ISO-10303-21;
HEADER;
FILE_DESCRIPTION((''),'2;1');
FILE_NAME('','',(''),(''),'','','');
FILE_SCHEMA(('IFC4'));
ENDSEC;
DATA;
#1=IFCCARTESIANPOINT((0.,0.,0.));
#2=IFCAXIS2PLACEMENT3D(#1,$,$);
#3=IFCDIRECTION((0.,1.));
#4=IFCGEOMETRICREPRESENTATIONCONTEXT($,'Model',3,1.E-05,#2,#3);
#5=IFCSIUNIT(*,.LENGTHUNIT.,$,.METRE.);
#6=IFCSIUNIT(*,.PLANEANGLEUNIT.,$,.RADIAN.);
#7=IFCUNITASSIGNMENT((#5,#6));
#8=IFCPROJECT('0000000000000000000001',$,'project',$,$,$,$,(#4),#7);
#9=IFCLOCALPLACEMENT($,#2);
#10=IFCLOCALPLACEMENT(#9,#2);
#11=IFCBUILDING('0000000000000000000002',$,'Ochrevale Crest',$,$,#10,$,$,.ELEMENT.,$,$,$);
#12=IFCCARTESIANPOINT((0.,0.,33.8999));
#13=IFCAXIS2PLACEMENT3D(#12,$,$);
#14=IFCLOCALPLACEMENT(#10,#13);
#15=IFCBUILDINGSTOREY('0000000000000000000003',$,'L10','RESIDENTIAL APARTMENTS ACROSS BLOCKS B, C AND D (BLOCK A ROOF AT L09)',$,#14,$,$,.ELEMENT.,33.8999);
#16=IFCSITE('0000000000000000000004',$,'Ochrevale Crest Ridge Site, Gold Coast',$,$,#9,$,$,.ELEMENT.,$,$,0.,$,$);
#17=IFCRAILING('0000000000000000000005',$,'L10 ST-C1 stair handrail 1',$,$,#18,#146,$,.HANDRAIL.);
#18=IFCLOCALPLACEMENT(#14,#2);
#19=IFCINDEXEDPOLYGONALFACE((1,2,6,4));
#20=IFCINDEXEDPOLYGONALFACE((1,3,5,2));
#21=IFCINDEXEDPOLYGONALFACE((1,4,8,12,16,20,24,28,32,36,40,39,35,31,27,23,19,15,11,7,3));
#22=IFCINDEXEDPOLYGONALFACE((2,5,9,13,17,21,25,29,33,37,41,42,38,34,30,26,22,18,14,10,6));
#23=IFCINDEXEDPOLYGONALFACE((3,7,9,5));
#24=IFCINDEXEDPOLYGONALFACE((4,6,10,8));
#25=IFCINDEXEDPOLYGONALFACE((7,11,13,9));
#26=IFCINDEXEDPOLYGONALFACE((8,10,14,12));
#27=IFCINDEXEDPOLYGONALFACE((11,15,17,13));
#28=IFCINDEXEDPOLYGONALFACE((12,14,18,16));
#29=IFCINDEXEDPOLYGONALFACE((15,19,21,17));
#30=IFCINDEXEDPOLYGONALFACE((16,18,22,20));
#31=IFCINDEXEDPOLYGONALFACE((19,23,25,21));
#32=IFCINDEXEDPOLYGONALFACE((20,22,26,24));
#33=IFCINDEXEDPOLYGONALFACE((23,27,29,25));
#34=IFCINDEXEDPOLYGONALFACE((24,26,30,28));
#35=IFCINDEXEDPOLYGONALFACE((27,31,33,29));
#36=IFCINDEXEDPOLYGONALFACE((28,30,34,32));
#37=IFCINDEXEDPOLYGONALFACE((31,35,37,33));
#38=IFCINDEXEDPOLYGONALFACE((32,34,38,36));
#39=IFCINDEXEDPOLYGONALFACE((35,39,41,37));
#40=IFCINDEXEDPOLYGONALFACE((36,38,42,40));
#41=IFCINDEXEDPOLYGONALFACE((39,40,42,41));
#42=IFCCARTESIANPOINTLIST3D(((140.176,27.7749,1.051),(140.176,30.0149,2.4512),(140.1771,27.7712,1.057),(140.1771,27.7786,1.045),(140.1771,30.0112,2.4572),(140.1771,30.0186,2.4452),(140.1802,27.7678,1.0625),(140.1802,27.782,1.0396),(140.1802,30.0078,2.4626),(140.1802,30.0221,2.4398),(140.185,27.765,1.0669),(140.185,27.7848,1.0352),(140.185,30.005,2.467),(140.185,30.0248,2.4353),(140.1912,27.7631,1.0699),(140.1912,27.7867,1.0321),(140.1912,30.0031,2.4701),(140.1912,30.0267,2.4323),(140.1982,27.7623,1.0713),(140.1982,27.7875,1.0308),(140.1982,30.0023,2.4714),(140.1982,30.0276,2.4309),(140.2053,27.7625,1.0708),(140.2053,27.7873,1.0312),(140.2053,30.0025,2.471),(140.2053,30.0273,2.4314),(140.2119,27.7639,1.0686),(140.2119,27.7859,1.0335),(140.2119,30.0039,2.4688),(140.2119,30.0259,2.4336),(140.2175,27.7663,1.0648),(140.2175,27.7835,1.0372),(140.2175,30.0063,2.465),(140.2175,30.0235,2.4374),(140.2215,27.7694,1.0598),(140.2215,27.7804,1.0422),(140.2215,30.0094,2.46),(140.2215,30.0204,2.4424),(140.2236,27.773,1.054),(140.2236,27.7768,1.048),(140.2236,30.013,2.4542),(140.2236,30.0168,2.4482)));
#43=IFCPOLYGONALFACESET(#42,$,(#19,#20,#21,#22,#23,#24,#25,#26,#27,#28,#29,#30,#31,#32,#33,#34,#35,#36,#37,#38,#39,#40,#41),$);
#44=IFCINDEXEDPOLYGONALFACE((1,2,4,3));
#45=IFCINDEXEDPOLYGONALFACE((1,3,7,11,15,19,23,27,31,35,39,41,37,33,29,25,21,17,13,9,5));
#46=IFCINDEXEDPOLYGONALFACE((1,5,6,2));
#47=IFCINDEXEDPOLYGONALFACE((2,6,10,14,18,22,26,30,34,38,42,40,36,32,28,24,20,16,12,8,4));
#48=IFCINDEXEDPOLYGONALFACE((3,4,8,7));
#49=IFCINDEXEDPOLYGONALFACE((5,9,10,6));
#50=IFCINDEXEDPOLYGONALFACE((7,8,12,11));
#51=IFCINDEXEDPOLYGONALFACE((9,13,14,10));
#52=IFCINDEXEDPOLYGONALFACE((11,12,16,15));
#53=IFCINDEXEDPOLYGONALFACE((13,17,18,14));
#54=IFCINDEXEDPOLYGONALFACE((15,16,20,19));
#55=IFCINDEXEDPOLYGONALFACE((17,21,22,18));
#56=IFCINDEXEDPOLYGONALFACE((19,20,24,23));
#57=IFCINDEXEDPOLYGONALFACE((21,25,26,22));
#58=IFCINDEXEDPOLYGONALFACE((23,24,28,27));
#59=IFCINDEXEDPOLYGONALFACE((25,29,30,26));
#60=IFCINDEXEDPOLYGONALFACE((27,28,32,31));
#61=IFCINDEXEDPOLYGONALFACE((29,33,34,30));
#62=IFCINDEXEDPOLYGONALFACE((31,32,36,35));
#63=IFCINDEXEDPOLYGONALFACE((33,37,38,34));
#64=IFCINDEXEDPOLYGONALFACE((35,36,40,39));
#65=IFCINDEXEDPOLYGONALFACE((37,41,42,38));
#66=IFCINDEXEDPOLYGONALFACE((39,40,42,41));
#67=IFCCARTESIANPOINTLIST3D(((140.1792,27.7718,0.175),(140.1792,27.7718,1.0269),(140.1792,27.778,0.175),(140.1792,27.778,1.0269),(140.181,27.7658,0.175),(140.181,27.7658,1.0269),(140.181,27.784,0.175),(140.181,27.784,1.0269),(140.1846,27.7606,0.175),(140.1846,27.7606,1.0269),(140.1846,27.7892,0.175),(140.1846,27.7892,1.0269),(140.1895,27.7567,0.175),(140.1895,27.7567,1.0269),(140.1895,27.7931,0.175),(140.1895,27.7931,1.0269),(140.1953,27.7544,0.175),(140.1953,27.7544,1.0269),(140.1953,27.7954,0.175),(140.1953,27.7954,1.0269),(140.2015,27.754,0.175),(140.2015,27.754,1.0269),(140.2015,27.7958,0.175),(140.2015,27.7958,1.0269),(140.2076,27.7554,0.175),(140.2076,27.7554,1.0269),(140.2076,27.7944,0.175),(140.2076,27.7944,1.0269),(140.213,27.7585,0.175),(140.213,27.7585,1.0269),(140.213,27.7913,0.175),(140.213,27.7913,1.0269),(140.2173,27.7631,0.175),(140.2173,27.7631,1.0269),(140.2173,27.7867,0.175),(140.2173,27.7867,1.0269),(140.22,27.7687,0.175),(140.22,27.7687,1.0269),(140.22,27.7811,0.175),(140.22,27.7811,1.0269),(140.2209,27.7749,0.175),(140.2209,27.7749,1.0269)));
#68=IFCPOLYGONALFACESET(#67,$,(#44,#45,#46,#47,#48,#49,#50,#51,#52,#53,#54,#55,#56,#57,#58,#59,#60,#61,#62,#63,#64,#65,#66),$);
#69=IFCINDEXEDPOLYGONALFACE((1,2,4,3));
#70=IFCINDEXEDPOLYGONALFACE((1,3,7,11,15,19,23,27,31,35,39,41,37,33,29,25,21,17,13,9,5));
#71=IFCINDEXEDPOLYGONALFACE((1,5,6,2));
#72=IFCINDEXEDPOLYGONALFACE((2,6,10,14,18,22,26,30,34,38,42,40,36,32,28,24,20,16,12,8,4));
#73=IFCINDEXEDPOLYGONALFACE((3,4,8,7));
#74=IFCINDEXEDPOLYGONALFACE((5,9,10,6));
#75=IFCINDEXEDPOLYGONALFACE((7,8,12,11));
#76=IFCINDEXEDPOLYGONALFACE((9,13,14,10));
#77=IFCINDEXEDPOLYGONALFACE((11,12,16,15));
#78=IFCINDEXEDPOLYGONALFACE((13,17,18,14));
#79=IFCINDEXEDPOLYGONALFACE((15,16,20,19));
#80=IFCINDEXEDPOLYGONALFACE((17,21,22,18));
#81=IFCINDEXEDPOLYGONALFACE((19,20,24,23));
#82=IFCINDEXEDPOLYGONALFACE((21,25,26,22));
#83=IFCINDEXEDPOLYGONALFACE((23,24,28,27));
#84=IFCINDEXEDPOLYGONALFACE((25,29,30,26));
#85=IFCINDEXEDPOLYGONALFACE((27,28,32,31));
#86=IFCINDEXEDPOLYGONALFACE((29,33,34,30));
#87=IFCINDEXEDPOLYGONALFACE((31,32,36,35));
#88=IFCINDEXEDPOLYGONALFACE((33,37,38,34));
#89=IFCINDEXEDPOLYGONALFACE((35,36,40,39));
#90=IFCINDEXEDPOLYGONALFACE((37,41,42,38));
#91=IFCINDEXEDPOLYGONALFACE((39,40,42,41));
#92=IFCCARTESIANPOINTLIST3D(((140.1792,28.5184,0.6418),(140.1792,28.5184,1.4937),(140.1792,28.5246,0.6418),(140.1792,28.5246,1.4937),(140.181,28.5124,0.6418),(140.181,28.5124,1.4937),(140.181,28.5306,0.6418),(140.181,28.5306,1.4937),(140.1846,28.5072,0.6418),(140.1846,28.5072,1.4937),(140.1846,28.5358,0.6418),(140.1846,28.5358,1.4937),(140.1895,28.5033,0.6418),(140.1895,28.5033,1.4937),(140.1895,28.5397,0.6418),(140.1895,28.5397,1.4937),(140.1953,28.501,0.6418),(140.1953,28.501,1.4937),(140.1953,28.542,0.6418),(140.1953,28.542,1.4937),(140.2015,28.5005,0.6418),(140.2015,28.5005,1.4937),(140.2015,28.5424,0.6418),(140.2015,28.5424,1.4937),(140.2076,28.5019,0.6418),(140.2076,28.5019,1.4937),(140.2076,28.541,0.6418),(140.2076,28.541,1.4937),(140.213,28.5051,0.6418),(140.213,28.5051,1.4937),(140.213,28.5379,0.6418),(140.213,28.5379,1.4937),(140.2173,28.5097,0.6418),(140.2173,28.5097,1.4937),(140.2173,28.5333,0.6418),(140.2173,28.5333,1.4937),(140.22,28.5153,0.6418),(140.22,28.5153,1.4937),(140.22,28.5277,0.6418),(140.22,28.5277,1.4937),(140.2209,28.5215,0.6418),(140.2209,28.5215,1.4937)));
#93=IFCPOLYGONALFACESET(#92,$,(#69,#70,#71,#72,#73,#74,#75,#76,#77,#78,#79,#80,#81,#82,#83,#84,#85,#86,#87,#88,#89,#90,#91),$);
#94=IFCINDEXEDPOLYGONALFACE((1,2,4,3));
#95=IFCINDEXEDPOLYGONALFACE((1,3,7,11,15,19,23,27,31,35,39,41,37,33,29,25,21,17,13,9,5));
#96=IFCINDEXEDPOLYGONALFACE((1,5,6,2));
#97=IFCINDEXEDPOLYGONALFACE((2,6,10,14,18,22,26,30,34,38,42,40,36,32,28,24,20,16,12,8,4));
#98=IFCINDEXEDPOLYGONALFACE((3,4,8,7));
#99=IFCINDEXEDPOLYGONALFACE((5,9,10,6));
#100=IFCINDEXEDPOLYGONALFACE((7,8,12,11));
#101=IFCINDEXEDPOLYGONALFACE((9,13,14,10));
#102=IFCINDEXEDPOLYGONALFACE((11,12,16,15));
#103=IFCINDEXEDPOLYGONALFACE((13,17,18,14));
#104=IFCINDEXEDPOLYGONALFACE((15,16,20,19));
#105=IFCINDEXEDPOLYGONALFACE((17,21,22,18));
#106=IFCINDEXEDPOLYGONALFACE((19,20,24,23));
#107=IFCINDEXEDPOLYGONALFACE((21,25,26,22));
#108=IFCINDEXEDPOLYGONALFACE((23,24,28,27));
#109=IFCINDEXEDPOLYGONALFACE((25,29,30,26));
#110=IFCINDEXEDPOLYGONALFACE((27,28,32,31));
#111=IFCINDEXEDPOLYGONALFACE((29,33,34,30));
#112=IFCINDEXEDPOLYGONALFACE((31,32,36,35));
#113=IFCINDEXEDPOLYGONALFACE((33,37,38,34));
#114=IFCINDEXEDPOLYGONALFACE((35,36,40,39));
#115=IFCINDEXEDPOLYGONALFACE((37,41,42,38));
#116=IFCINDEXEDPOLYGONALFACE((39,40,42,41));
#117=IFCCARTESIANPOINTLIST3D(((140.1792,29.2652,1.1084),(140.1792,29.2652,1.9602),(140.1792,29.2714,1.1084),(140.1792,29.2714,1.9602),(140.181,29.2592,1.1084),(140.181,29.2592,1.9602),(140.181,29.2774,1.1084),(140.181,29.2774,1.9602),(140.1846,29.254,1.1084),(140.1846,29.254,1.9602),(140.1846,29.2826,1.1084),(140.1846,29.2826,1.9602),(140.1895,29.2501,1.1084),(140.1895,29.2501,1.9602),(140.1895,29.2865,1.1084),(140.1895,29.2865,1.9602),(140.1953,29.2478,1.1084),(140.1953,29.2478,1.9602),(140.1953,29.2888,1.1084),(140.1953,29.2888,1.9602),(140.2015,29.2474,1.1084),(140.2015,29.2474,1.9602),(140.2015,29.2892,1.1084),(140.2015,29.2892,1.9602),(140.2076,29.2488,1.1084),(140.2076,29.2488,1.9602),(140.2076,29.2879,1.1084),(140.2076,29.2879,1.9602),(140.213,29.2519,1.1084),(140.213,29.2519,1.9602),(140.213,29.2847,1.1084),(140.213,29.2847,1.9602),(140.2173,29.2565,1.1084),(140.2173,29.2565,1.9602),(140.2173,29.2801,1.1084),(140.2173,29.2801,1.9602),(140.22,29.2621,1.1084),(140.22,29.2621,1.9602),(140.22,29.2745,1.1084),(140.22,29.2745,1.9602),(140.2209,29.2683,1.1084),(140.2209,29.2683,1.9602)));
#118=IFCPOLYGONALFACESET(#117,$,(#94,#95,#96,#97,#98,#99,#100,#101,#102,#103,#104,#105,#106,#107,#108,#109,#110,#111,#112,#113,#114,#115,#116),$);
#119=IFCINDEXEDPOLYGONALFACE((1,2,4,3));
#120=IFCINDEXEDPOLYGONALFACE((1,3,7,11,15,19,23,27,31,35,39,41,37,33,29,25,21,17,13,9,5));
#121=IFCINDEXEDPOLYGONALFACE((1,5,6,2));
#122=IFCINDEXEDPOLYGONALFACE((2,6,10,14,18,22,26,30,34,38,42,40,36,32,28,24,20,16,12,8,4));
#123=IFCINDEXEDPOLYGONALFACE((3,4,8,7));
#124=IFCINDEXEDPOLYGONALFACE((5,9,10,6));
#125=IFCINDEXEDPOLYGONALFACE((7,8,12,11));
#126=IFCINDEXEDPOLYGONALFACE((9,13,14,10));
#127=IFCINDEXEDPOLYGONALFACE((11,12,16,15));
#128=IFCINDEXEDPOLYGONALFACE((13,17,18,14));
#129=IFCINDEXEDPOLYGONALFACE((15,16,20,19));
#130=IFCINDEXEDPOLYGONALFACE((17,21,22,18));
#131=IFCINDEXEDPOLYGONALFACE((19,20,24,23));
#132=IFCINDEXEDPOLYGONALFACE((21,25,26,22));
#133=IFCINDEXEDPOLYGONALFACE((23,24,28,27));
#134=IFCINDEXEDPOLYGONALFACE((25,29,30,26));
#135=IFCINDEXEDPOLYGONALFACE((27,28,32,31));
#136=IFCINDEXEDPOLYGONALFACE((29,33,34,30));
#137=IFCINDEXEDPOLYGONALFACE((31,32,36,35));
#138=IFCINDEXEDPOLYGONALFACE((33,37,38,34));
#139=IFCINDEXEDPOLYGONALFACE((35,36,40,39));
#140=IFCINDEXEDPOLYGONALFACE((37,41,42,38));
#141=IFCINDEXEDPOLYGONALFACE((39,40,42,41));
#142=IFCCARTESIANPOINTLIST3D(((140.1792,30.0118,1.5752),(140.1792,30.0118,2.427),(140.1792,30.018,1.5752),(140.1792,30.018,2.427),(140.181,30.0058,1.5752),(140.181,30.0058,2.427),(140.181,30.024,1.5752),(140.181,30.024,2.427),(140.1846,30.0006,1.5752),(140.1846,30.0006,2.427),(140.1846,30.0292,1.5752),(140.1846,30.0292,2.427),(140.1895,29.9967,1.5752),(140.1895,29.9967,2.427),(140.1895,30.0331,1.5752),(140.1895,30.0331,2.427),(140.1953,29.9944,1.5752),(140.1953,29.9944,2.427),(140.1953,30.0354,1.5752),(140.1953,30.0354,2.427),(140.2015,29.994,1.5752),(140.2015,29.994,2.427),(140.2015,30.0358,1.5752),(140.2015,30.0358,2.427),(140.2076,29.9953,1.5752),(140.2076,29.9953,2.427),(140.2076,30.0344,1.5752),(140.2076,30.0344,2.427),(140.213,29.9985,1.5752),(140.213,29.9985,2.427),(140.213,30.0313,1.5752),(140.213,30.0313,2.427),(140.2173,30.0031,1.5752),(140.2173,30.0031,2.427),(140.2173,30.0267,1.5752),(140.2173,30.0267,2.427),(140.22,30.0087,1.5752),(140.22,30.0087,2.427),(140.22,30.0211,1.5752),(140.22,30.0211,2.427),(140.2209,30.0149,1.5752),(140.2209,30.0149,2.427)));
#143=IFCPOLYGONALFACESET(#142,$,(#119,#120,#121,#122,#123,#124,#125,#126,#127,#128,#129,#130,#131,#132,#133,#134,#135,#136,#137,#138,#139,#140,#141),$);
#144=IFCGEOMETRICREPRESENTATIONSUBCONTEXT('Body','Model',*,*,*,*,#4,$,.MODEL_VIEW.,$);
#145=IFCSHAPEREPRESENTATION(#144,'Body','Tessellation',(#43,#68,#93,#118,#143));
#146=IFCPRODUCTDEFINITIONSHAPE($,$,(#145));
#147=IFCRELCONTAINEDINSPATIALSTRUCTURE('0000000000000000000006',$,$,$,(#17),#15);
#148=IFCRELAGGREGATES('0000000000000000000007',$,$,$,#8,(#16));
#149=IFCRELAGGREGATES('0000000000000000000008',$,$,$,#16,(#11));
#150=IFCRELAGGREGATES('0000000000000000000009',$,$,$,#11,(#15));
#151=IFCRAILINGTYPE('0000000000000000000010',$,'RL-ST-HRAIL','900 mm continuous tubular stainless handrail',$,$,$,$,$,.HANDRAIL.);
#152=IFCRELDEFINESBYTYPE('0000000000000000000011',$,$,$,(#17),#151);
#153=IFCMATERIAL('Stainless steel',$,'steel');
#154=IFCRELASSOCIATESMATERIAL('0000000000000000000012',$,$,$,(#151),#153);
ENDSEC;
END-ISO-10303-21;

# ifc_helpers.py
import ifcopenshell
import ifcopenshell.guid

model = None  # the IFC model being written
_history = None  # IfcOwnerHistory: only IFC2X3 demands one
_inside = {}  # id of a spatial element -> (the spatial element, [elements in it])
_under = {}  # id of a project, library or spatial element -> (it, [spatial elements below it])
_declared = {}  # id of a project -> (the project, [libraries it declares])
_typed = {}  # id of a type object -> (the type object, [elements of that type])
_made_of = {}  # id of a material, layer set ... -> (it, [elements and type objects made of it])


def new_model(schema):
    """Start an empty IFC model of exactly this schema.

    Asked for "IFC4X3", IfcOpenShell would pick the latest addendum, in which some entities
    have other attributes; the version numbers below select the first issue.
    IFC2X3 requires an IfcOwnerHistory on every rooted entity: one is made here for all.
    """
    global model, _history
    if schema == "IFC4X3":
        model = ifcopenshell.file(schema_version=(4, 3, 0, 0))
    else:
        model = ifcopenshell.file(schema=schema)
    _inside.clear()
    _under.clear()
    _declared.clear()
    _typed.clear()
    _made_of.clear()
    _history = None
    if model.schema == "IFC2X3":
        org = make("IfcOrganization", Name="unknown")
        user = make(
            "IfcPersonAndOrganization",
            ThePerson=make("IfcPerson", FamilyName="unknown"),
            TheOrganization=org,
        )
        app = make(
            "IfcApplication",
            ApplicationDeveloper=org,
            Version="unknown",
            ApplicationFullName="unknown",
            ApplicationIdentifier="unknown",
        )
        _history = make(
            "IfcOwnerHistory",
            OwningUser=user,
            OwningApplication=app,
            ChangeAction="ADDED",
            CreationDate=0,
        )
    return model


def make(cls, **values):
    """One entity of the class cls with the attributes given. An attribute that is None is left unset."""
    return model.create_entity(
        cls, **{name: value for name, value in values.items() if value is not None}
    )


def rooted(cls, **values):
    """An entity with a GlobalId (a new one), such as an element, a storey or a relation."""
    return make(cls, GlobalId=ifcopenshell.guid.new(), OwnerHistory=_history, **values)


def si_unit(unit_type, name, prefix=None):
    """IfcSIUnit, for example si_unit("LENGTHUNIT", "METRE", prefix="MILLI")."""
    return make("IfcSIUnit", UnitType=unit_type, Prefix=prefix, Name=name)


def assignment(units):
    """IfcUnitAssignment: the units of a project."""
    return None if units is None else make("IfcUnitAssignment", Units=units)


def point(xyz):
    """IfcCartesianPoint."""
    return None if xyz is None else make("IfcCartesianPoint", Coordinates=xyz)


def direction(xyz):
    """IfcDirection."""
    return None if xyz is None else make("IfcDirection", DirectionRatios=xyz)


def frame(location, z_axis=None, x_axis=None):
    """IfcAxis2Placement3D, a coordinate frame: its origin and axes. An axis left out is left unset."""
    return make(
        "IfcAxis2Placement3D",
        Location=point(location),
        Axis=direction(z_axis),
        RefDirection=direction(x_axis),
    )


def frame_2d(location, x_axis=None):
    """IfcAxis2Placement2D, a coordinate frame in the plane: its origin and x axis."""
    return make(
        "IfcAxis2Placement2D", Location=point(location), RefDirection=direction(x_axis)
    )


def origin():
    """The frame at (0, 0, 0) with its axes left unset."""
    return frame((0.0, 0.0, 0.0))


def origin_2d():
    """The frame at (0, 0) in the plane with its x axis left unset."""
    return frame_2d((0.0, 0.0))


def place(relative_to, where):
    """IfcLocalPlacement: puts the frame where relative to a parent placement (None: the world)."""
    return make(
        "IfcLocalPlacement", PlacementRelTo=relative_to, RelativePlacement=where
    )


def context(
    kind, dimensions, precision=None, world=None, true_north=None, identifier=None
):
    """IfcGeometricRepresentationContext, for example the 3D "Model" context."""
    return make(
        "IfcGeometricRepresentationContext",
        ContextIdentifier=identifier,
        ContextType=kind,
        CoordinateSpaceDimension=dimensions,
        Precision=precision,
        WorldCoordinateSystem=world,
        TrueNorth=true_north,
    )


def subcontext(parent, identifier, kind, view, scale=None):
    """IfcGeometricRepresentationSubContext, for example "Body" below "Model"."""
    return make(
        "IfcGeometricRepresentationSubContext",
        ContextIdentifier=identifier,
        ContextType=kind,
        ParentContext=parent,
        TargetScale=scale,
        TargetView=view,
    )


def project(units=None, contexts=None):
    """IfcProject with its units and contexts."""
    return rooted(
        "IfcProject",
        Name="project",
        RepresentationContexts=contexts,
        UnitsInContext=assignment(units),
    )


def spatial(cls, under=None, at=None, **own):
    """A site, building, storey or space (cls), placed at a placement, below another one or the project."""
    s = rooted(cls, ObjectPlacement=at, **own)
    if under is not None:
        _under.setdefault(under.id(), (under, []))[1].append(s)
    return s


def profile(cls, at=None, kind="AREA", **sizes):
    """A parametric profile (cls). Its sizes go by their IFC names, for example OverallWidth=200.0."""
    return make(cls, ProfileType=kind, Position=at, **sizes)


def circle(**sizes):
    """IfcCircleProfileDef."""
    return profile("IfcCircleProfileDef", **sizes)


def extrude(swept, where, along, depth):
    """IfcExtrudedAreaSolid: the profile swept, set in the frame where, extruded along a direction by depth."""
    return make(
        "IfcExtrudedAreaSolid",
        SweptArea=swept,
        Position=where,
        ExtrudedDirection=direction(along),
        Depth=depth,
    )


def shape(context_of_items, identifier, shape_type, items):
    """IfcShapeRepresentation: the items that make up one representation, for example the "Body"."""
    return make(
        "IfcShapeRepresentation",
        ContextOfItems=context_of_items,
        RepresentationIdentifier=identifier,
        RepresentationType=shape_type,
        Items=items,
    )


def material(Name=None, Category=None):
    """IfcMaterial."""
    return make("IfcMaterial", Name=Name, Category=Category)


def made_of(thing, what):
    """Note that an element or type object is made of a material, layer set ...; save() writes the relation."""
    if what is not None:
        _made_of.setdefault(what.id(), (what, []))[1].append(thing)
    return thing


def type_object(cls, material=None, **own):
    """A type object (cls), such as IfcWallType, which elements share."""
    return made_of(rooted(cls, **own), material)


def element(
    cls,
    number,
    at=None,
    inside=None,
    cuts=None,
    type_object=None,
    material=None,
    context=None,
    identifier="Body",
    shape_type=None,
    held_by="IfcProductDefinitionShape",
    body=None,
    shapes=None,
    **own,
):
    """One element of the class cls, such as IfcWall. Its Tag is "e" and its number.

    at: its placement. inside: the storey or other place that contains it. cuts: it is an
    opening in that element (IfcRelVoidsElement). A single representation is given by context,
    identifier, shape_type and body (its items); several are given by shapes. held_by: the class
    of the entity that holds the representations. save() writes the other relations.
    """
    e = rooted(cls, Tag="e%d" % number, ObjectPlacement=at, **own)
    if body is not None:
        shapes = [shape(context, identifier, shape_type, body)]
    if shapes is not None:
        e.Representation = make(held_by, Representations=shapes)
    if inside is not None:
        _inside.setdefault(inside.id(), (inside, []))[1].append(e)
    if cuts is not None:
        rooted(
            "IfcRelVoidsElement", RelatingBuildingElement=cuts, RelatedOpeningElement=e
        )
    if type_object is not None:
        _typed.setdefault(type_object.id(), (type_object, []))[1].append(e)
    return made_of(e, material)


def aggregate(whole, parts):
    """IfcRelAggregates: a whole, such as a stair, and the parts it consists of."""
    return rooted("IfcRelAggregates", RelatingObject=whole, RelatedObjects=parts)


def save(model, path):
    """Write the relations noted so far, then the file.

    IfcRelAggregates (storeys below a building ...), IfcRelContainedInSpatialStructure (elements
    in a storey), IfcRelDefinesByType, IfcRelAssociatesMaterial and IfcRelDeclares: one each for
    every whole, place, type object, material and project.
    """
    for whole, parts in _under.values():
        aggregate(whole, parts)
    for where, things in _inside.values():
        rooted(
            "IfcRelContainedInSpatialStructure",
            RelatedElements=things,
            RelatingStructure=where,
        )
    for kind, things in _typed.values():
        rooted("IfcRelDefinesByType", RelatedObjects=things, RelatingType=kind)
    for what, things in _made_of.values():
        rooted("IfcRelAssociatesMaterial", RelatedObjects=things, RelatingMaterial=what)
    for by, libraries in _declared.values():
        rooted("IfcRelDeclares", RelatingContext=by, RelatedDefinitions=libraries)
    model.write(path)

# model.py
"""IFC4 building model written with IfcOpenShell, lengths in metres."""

from ifc_helpers import new_model, si_unit, direction, frame, origin, origin_2d, place, context, subcontext, project, spatial, circle, extrude, material, type_object, element, save


model = new_model("IFC4")

# Units and contexts
model_context = context("Model", 3, precision=1e-05, world=origin(), true_north=direction((0.0, 1.0)))
body_context = subcontext(model_context, "Body", "Model", "MODEL_VIEW")
ifc_project = project(units=[si_unit("LENGTHUNIT", "METRE"), si_unit("PLANEANGLEUNIT", "RADIAN")], contexts=[model_context])

# Site, building, storey
site_placement = place(None, origin())
site = spatial("IfcSite", under=ifc_project, at=site_placement, Name="Ochrevale Crest Ridge Site, Gold Coast", CompositionType="ELEMENT", RefElevation=0.0)
building_placement = place(site_placement, origin())
building = spatial("IfcBuilding", under=site, at=building_placement, Name="Ochrevale Crest", CompositionType="ELEMENT")
storey_placement = place(building_placement, frame((0.0, 0.0, 33.8999)))
storey = spatial("IfcBuildingStorey", under=building, at=storey_placement, Name="L10", Description="RESIDENTIAL APARTMENTS ACROSS BLOCKS B, C AND D (BLOCK A ROOF AT L09)", CompositionType="ELEMENT", Elevation=33.8999)

# Railing
ifc_material_1 = material(Name="Stainless steel", Category="steel")
railing_type_1 = type_object("IfcRailingType", Name="RL-ST-HRAIL", Description="900 mm continuous tubular stainless handrail", PredefinedType="HANDRAIL", material=ifc_material_1)
railing_1_placement = place(storey_placement, frame((140.2, 27.7749, 0.175)))
element("IfcRailing", 1, at=railing_1_placement, inside=storey, type_object=railing_type_1, Name="L10 ST-C1 stair handrail 1", PredefinedType="HANDRAIL", context=body_context, shape_type="SweptSolid", body=[
    extrude(circle(Radius=0.0239, at=origin_2d()), frame((0.0, 0.0, 0.876), z_axis=(0.0, 0.847972, 0.53004), x_axis=(-1.0, 0.0, 0.0)), (0.0, 0.0, 1.0), 2.6416),
    extrude(circle(Radius=0.021, at=origin_2d()), origin(), (0.0, 0.0, 1.0), 0.8518),
    extrude(circle(Radius=0.021, at=origin_2d()), frame((0.0, 0.7466, 0.4668)), (0.0, 0.0, 1.0), 0.8518),
    extrude(circle(Radius=0.021, at=origin_2d()), frame((0.0, 1.4934, 0.9333)), (0.0, 0.0, 1.0), 0.8518),
    extrude(circle(Radius=0.021, at=origin_2d()), frame((0.0, 2.24, 1.4001)), (0.0, 0.0, 1.0), 0.8518),
])

save(model, "model.ifc")
